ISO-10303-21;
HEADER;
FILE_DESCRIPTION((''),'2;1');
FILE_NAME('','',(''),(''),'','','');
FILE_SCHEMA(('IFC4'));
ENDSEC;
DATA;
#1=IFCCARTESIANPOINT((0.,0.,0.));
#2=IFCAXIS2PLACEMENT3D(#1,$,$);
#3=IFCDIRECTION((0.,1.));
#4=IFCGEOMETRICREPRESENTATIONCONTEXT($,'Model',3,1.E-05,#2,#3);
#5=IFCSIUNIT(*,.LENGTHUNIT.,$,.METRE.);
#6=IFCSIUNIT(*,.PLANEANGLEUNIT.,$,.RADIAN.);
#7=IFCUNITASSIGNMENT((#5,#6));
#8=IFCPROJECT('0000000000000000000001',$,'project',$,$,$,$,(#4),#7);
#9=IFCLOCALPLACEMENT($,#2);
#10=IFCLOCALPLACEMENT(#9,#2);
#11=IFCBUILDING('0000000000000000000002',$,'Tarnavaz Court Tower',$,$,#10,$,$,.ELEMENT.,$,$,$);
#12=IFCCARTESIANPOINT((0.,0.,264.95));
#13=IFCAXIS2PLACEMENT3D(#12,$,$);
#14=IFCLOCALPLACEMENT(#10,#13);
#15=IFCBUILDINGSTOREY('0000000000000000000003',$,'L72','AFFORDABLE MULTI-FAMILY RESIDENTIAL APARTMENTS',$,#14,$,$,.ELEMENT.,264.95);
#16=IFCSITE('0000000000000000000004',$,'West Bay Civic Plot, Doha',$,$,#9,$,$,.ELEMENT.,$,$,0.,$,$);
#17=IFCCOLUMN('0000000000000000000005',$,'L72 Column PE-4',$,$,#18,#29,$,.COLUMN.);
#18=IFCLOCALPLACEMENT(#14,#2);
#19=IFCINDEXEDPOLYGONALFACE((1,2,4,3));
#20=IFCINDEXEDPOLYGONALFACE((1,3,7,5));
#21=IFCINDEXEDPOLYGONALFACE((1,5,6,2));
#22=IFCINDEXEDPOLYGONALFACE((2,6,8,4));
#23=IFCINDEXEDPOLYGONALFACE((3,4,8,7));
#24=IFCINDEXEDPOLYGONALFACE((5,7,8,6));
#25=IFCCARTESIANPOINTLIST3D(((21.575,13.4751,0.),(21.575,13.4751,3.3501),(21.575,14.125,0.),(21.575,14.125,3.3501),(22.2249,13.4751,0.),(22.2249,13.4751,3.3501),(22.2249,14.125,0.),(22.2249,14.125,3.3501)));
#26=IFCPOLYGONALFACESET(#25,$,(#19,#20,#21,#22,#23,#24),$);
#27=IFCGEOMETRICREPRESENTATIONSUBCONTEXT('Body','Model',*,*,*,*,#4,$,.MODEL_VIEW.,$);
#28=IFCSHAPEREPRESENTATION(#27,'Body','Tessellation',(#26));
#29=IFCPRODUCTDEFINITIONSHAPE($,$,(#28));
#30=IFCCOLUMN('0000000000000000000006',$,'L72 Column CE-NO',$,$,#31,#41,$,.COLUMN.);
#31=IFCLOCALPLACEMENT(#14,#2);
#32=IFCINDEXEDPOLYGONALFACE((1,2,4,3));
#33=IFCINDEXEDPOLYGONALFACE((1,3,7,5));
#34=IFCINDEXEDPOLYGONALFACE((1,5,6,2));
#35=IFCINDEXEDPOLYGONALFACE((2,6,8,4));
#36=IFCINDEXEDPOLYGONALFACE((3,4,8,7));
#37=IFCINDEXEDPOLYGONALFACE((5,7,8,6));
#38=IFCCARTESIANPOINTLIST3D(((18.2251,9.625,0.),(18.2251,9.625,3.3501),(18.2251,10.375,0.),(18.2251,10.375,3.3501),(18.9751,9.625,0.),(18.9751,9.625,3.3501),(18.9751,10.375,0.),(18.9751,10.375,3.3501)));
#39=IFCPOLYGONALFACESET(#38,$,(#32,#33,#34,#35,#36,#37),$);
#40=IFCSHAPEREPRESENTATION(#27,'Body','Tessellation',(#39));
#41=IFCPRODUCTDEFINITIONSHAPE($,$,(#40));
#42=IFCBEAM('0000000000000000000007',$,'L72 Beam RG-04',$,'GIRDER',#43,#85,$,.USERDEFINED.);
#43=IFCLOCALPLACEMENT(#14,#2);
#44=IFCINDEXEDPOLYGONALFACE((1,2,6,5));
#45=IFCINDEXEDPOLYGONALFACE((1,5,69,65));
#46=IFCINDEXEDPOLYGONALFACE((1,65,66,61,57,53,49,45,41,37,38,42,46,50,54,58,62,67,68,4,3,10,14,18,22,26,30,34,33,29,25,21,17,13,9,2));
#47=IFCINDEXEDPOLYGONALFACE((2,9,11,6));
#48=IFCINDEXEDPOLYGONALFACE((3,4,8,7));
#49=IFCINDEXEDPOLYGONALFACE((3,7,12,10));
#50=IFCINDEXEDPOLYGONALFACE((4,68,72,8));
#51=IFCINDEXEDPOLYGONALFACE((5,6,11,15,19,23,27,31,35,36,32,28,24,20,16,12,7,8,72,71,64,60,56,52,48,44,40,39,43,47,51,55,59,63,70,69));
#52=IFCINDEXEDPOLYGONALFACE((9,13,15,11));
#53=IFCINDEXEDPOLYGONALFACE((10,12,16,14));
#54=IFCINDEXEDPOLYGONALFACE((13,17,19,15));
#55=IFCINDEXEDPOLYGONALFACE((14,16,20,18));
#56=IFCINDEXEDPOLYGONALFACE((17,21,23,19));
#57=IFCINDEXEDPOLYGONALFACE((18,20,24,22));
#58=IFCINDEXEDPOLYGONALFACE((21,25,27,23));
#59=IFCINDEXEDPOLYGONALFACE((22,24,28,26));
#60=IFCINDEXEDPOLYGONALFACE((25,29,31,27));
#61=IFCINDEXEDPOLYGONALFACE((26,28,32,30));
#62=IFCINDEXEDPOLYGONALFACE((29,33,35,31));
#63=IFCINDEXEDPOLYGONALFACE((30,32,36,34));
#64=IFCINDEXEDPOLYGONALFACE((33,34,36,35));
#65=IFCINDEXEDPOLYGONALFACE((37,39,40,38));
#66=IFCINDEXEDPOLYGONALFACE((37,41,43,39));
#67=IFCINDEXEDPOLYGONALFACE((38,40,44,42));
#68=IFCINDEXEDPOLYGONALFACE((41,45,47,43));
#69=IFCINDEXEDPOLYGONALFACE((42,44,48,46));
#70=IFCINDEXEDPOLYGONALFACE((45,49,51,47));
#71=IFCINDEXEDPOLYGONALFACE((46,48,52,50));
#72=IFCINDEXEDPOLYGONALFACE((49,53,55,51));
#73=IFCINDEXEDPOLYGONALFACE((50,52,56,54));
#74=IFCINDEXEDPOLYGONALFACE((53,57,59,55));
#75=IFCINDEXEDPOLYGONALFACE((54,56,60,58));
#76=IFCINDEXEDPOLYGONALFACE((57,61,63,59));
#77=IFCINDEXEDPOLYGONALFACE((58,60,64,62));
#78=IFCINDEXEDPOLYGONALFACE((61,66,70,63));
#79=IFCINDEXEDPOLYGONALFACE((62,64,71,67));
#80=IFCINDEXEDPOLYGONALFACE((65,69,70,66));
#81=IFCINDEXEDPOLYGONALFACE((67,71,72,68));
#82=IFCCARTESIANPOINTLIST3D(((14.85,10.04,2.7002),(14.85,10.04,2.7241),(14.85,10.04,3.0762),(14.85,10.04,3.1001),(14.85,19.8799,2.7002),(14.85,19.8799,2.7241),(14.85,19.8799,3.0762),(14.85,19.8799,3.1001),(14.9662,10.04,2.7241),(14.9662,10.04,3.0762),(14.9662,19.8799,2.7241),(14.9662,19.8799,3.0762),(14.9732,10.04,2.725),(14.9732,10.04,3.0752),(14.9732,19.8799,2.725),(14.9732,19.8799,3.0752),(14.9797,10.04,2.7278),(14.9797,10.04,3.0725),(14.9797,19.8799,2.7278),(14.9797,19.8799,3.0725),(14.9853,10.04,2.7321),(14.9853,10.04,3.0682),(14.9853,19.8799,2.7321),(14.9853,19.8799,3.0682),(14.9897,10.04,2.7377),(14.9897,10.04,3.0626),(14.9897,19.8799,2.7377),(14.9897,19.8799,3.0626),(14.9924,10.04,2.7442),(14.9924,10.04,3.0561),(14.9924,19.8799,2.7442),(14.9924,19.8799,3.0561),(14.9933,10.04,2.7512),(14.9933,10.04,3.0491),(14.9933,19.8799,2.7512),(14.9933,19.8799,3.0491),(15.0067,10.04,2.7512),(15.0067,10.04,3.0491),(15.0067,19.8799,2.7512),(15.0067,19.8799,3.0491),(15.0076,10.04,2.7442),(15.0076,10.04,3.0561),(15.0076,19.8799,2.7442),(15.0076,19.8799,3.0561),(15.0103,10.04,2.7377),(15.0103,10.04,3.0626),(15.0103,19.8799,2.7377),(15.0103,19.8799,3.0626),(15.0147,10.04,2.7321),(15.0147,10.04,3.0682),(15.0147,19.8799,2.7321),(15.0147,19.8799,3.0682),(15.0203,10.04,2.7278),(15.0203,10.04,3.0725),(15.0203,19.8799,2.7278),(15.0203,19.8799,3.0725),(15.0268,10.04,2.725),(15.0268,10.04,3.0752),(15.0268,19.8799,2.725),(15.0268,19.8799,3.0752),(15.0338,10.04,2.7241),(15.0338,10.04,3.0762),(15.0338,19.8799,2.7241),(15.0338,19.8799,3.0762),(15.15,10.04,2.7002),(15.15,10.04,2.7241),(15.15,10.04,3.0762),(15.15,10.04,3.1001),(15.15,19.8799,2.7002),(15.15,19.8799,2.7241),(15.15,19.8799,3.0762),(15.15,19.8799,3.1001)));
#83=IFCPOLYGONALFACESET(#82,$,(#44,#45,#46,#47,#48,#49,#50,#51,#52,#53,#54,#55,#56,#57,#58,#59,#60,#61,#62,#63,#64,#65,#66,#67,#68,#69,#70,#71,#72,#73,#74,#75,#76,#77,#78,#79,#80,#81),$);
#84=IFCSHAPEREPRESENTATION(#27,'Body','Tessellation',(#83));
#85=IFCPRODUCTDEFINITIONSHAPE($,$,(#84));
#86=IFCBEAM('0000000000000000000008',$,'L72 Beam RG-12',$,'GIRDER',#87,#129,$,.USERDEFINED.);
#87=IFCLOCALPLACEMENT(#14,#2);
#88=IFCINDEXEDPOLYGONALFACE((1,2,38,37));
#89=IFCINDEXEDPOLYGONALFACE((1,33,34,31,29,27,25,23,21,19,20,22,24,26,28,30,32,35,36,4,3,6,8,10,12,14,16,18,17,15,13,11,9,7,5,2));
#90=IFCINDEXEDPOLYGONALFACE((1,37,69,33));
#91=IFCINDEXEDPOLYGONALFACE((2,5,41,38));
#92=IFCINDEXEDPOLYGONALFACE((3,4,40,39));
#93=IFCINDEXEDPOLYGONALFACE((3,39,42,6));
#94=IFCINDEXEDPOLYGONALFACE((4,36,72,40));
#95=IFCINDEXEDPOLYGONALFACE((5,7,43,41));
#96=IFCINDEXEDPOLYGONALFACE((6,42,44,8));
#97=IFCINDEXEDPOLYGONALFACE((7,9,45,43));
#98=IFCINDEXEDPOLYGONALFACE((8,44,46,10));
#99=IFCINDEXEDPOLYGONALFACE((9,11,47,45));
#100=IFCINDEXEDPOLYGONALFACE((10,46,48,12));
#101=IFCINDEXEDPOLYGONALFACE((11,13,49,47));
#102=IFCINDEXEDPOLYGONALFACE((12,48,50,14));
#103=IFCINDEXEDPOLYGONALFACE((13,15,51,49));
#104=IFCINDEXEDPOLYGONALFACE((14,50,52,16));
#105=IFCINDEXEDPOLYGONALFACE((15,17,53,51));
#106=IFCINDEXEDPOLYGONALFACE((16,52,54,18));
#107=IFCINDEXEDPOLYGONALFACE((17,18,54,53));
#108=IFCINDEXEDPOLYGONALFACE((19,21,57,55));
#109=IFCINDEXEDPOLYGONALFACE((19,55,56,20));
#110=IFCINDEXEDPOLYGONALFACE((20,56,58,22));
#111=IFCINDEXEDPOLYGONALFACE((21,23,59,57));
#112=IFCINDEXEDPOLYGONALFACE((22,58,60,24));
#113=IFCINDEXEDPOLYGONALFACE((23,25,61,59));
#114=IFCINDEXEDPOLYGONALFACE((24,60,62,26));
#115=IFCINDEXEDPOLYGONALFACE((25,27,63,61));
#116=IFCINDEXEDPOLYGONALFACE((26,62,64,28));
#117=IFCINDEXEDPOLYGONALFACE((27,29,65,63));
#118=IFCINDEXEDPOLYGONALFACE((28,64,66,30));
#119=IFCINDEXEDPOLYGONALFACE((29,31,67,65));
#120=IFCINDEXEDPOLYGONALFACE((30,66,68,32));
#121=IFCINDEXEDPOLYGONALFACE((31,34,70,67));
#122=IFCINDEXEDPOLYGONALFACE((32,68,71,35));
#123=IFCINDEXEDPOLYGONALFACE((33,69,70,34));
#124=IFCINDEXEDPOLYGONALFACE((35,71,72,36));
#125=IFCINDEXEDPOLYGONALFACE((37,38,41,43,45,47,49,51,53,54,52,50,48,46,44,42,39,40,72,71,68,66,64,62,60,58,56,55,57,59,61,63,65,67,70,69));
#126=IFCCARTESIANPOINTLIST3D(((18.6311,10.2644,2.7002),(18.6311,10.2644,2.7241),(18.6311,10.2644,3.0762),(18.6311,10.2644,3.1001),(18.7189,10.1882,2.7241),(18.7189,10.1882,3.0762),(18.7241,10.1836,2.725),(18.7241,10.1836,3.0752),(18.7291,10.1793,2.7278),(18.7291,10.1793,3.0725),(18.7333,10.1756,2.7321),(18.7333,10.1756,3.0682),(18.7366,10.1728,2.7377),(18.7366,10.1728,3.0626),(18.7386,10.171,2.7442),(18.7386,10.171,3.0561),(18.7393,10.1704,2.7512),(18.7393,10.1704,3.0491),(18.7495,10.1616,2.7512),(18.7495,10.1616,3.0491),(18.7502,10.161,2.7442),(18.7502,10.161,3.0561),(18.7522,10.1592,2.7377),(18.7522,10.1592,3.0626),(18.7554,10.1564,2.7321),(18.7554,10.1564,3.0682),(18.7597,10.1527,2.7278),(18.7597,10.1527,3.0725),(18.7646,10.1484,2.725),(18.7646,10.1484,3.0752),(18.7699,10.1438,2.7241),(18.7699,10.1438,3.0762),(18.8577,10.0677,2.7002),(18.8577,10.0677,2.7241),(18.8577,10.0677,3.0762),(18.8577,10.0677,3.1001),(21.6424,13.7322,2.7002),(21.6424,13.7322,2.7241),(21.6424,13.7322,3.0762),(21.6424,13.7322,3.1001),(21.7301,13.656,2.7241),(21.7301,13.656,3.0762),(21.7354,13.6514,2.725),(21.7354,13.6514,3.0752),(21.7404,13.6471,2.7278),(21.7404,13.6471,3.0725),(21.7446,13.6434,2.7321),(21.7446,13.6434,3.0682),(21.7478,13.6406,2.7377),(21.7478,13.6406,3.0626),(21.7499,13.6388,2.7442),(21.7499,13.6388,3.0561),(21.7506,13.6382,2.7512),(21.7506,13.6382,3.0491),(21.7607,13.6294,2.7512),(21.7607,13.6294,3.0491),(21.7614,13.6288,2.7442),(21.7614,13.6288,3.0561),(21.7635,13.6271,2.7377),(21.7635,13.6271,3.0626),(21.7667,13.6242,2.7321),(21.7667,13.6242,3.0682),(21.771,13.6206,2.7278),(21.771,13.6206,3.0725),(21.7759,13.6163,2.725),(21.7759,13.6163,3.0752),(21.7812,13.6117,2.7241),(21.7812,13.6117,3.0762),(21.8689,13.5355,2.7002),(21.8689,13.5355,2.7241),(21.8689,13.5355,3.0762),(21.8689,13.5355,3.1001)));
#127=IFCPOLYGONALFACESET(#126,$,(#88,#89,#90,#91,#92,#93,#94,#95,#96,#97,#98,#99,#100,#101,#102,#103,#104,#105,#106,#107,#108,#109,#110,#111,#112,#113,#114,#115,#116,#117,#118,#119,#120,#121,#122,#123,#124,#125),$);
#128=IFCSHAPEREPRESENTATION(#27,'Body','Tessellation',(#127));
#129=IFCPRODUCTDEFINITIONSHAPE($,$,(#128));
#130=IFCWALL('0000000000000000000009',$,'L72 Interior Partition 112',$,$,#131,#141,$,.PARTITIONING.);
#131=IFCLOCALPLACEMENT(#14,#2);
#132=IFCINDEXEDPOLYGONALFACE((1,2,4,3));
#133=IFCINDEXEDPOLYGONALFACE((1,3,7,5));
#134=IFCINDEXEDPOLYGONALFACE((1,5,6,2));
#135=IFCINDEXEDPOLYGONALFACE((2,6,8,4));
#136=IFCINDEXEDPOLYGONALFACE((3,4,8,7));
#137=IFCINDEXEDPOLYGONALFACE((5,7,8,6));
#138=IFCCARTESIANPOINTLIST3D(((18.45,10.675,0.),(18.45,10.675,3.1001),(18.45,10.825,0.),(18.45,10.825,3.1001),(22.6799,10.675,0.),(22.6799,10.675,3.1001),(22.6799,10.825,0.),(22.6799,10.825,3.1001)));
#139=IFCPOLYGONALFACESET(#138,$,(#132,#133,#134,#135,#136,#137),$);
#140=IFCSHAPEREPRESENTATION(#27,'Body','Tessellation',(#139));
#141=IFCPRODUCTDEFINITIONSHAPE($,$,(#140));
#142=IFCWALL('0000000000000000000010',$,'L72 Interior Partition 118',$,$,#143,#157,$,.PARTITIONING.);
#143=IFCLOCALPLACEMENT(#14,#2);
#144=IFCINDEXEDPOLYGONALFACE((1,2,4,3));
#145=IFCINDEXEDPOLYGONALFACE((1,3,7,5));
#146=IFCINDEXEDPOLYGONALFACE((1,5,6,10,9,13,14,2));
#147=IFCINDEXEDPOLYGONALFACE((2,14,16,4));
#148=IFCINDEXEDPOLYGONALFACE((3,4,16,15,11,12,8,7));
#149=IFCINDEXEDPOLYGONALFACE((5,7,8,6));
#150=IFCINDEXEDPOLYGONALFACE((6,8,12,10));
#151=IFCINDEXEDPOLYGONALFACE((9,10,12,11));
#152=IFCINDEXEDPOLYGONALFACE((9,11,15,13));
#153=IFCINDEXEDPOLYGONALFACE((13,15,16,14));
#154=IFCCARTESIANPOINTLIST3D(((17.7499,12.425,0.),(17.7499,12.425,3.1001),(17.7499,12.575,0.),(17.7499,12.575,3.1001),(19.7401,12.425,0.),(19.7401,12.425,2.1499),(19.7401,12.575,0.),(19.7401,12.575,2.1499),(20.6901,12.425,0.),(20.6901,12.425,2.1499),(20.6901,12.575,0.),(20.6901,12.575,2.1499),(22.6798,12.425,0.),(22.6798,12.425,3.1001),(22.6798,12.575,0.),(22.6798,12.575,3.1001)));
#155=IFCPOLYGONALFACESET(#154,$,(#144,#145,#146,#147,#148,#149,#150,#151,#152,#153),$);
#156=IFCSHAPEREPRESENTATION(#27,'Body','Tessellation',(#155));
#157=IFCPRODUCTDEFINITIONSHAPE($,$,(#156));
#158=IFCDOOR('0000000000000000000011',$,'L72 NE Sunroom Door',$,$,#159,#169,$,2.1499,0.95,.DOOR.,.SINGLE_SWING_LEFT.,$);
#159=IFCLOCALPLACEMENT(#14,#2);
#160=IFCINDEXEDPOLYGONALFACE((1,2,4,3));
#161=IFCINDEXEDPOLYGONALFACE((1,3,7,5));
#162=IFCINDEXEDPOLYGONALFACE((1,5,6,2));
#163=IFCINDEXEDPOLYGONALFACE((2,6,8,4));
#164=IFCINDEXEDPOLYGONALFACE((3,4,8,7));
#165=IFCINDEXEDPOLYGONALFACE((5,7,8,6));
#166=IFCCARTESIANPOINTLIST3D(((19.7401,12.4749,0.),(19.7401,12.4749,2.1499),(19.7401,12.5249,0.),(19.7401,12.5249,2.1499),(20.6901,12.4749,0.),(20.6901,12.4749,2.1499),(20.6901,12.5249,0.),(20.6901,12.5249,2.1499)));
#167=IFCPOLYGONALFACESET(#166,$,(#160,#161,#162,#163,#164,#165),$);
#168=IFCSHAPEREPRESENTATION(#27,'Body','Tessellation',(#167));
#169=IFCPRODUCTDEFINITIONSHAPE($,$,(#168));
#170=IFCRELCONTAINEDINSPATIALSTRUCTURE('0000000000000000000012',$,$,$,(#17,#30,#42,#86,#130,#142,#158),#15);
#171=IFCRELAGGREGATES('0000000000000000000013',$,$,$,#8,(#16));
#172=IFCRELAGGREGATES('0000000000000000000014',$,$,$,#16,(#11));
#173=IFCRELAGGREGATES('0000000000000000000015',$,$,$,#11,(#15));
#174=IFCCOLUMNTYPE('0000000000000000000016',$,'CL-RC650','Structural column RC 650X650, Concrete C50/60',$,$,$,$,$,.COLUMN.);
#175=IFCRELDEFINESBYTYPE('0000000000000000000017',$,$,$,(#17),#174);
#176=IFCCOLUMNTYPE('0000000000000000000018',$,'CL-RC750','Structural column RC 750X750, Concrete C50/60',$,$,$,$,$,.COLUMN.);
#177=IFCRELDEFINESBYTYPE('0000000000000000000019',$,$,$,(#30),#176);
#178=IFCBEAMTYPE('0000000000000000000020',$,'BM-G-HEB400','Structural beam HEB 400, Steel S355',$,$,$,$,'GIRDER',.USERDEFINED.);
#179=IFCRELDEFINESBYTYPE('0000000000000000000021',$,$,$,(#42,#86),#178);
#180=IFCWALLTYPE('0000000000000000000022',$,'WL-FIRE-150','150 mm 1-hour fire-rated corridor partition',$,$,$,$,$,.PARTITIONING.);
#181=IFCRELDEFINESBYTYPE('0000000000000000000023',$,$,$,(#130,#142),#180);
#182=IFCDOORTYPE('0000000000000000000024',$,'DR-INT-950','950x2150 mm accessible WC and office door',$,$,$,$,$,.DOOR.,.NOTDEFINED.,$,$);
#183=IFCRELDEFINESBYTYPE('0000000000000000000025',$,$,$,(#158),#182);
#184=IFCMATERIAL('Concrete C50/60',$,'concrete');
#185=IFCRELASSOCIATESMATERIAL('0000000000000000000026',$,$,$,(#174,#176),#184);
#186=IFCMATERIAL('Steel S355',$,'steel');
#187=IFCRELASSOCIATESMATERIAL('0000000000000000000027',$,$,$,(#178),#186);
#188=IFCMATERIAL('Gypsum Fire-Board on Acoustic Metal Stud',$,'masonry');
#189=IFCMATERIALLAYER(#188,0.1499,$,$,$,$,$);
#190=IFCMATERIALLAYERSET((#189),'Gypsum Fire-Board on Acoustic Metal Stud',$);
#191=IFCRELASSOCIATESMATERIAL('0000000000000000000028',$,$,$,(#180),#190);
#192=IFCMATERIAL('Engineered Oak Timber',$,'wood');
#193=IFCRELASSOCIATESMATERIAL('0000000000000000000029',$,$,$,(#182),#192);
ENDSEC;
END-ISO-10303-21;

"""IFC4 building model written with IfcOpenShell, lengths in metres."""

from ifc_helpers import new_model, si_unit, direction, frame, frame_2d, origin, origin_2d, place, context, subcontext, project, spatial, rectangle, i_section, extrude, material, layer, layer_set, material_profile, profile_set, type_object, element, fill, save


model = new_model("IFC4")

# Units and contexts
model_context = context("Model", 3, precision=1e-05, world=origin(), true_north=direction((0.0, 1.0)))
body_context = subcontext(model_context, "Body", "Model", "MODEL_VIEW")
ifc_project = project(units=[si_unit("LENGTHUNIT", "METRE"), si_unit("PLANEANGLEUNIT", "RADIAN")], contexts=[model_context])

# Site, building, storey
site_placement = place(None, origin())
site = spatial("IfcSite", under=ifc_project, at=site_placement, Name="West Bay Civic Plot, Doha", CompositionType="ELEMENT", RefElevation=0.0)
building_placement = place(site_placement, origin())
building = spatial("IfcBuilding", under=site, at=building_placement, Name="Tarnavaz Court Tower", CompositionType="ELEMENT")
storey_placement = place(building_placement, frame((0.0, 0.0, 264.95)))
storey = spatial("IfcBuildingStorey", under=building, at=storey_placement, Name="L72", Description="AFFORDABLE MULTI-FAMILY RESIDENTIAL APARTMENTS", CompositionType="ELEMENT", Elevation=264.95)

# Columns
ifc_material_1 = material(Name="Concrete C50/60", Category="concrete")
ifc_material_profile_1 = material_profile(ifc_material_1, rectangle(XDim=0.6499, YDim=0.6499, at=origin_2d()), Name="RC 650X650")
ifc_profile_set_1 = profile_set([ifc_material_profile_1], Name="Concrete C50/60")
column_type_1 = type_object("IfcColumnType", Name="CL-RC650", Description="Structural column RC 650X650, Concrete C50/60", PredefinedType="COLUMN", material=ifc_profile_set_1)
column_1_placement = place(storey_placement, frame((21.8999, 13.8, 0.0), z_axis=(0.0, 0.0, 1.0), x_axis=(1.0, 0.0, 0.0)))
element("IfcColumn", 1, at=column_1_placement, inside=storey, type_object=column_type_1, Name="L72 Column PE-4", PredefinedType="COLUMN", context=body_context, shape_type="SweptSolid", body=[
    extrude(rectangle(XDim=0.6499, YDim=0.6499, at=origin_2d()), origin(), (0.0, 0.0, 1.0), 3.3501),
])
ifc_material_profile_2 = material_profile(ifc_material_1, rectangle(XDim=0.75, YDim=0.75, at=origin_2d()), Name="RC 750X750")
ifc_profile_set_2 = profile_set([ifc_material_profile_2], Name="Concrete C50/60")
column_type_2 = type_object("IfcColumnType", Name="CL-RC750", Description="Structural column RC 750X750, Concrete C50/60", PredefinedType="COLUMN", material=ifc_profile_set_2)
column_2_placement = place(storey_placement, frame((18.6001, 10.0, 0.0), z_axis=(0.0, 0.0, 1.0), x_axis=(1.0, 0.0, 0.0)))
element("IfcColumn", 2, at=column_2_placement, inside=storey, type_object=column_type_2, Name="L72 Column CE-NO", PredefinedType="COLUMN", context=body_context, shape_type="SweptSolid", body=[
    extrude(rectangle(XDim=0.75, YDim=0.75, at=origin_2d()), origin(), (0.0, 0.0, 1.0), 3.3501),
])

# Beams
ifc_material_2 = material(Name="Steel S355", Category="steel")
ifc_material_profile_3 = material_profile(ifc_material_2, i_section(OverallWidth=0.3, OverallDepth=0.3999, WebThickness=0.0134, FlangeThickness=0.0239, FilletRadius=0.0271, at=origin_2d()), Name="HEB 400")
ifc_profile_set_3 = profile_set([ifc_material_profile_3], Name="Steel S355")
beam_type = type_object("IfcBeamType", Name="BM-G-HEB400", Description="Structural beam HEB 400, Steel S355", ElementType="GIRDER", PredefinedType="USERDEFINED", material=ifc_profile_set_3)
beam_1_placement = place(storey_placement, frame((15.0, 10.04, 2.9001), z_axis=(0.0, 1.0, 0.0), x_axis=(-1.0, 0.0, 0.0)))
element("IfcBeam", 3, at=beam_1_placement, inside=storey, type_object=beam_type, Name="L72 Beam RG-04", ObjectType="GIRDER", PredefinedType="USERDEFINED", context=body_context, shape_type="SweptSolid", body=[
    extrude(i_section(OverallWidth=0.3, OverallDepth=0.3999, WebThickness=0.0134, FlangeThickness=0.0239, FilletRadius=0.0271, at=origin_2d()), origin(), (0.0, 0.0, 1.0), 9.8398),
])
beam_2_placement = place(storey_placement, frame((18.7444, 10.166, 2.9001), z_axis=(0.655655, 0.755061, 0.0), x_axis=(-0.755061, 0.655655, 0.0)))
element("IfcBeam", 4, at=beam_2_placement, inside=storey, type_object=beam_type, Name="L72 Beam RG-12", ObjectType="GIRDER", PredefinedType="USERDEFINED", context=body_context, shape_type="SweptSolid", body=[
    extrude(i_section(OverallWidth=0.3, OverallDepth=0.3999, WebThickness=0.0134, FlangeThickness=0.0239, FilletRadius=0.0271, at=origin_2d()), origin(), (0.0, 0.0, 1.0), 4.5928),
])

# Wall
ifc_material_3 = material(Name="Gypsum Fire-Board on Acoustic Metal Stud", Category="masonry")
ifc_layer_1 = layer(ifc_material_3, 0.1499)
ifc_layer_set_1 = layer_set([ifc_layer_1], Name="Gypsum Fire-Board on Acoustic Metal Stud")
wall_type_1 = type_object("IfcWallType", Name="WL-FIRE-150", Description="150 mm 1-hour fire-rated corridor partition", PredefinedType="PARTITIONING", material=ifc_layer_set_1)
wall_1_placement = place(storey_placement, frame((18.45, 10.75, 0.0), z_axis=(0.0, 0.0, 1.0), x_axis=(1.0, 0.0, 0.0)))
element("IfcWall", 5, at=wall_1_placement, inside=storey, type_object=wall_type_1, Name="L72 Interior Partition 112", PredefinedType="PARTITIONING", context=body_context, shape_type="SweptSolid", body=[
    extrude(rectangle(XDim=4.23, YDim=0.1499, at=frame_2d((2.115, 0.0))), origin(), (0.0, 0.0, 1.0), 3.1001),
])

# Wall, opening, door
wall_2_placement = place(storey_placement, frame((17.75, 12.5, 0.0), z_axis=(0.0, 0.0, 1.0), x_axis=(1.0, 0.0, 0.0)))
wall_2 = element("IfcWall", 6, at=wall_2_placement, inside=storey, type_object=wall_type_1, Name="L72 Interior Partition 118", PredefinedType="PARTITIONING", context=body_context, shape_type="SweptSolid", body=[
    extrude(rectangle(XDim=4.9299, YDim=0.1499, at=frame_2d((2.4648, 0.0))), origin(), (0.0, 0.0, 1.0), 3.1001),
])
opening_1_placement = place(wall_2_placement, frame((1.99, 0.0, 0.0)))
opening_1 = element("IfcOpeningElement", 7, at=opening_1_placement, cuts=wall_2, PredefinedType="OPENING", context=body_context, shape_type="SweptSolid", body=[
    extrude(rectangle(XDim=0.95, YDim=2.1499, at=frame_2d((0.4751, 1.075))), frame((0.0, 0.085, 0.0), z_axis=(0.0, -1.0, 0.0), x_axis=(1.0, 0.0, 0.0)), (0.0, 0.0, 1.0), 0.1699),
])
ifc_material_4 = material(Name="Engineered Oak Timber", Category="wood")
door_type_1 = type_object("IfcDoorType", Name="DR-INT-950", Description="950x2150 mm accessible WC and office door", OperationType="NOTDEFINED", PredefinedType="DOOR", material=ifc_material_4)
door_1_placement = place(opening_1_placement, origin())
door_1 = element("IfcDoor", 8, at=door_1_placement, inside=storey, type_object=door_type_1, Name="L72 NE Sunroom Door", OperationType="SINGLE_SWING_LEFT", OverallHeight=2.1499, OverallWidth=0.95, PredefinedType="DOOR", context=body_context, shape_type="SweptSolid", body=[
    extrude(rectangle(XDim=0.95, YDim=2.1499, at=frame_2d((0.4751, 1.075))), frame((0.0, 0.0249, 0.0), z_axis=(0.0, -1.0, 0.0), x_axis=(1.0, 0.0, 0.0)), (0.0, 0.0, 1.0), 0.05),
])
fill(opening_1, door_1)

save(model, "model.ifc")
